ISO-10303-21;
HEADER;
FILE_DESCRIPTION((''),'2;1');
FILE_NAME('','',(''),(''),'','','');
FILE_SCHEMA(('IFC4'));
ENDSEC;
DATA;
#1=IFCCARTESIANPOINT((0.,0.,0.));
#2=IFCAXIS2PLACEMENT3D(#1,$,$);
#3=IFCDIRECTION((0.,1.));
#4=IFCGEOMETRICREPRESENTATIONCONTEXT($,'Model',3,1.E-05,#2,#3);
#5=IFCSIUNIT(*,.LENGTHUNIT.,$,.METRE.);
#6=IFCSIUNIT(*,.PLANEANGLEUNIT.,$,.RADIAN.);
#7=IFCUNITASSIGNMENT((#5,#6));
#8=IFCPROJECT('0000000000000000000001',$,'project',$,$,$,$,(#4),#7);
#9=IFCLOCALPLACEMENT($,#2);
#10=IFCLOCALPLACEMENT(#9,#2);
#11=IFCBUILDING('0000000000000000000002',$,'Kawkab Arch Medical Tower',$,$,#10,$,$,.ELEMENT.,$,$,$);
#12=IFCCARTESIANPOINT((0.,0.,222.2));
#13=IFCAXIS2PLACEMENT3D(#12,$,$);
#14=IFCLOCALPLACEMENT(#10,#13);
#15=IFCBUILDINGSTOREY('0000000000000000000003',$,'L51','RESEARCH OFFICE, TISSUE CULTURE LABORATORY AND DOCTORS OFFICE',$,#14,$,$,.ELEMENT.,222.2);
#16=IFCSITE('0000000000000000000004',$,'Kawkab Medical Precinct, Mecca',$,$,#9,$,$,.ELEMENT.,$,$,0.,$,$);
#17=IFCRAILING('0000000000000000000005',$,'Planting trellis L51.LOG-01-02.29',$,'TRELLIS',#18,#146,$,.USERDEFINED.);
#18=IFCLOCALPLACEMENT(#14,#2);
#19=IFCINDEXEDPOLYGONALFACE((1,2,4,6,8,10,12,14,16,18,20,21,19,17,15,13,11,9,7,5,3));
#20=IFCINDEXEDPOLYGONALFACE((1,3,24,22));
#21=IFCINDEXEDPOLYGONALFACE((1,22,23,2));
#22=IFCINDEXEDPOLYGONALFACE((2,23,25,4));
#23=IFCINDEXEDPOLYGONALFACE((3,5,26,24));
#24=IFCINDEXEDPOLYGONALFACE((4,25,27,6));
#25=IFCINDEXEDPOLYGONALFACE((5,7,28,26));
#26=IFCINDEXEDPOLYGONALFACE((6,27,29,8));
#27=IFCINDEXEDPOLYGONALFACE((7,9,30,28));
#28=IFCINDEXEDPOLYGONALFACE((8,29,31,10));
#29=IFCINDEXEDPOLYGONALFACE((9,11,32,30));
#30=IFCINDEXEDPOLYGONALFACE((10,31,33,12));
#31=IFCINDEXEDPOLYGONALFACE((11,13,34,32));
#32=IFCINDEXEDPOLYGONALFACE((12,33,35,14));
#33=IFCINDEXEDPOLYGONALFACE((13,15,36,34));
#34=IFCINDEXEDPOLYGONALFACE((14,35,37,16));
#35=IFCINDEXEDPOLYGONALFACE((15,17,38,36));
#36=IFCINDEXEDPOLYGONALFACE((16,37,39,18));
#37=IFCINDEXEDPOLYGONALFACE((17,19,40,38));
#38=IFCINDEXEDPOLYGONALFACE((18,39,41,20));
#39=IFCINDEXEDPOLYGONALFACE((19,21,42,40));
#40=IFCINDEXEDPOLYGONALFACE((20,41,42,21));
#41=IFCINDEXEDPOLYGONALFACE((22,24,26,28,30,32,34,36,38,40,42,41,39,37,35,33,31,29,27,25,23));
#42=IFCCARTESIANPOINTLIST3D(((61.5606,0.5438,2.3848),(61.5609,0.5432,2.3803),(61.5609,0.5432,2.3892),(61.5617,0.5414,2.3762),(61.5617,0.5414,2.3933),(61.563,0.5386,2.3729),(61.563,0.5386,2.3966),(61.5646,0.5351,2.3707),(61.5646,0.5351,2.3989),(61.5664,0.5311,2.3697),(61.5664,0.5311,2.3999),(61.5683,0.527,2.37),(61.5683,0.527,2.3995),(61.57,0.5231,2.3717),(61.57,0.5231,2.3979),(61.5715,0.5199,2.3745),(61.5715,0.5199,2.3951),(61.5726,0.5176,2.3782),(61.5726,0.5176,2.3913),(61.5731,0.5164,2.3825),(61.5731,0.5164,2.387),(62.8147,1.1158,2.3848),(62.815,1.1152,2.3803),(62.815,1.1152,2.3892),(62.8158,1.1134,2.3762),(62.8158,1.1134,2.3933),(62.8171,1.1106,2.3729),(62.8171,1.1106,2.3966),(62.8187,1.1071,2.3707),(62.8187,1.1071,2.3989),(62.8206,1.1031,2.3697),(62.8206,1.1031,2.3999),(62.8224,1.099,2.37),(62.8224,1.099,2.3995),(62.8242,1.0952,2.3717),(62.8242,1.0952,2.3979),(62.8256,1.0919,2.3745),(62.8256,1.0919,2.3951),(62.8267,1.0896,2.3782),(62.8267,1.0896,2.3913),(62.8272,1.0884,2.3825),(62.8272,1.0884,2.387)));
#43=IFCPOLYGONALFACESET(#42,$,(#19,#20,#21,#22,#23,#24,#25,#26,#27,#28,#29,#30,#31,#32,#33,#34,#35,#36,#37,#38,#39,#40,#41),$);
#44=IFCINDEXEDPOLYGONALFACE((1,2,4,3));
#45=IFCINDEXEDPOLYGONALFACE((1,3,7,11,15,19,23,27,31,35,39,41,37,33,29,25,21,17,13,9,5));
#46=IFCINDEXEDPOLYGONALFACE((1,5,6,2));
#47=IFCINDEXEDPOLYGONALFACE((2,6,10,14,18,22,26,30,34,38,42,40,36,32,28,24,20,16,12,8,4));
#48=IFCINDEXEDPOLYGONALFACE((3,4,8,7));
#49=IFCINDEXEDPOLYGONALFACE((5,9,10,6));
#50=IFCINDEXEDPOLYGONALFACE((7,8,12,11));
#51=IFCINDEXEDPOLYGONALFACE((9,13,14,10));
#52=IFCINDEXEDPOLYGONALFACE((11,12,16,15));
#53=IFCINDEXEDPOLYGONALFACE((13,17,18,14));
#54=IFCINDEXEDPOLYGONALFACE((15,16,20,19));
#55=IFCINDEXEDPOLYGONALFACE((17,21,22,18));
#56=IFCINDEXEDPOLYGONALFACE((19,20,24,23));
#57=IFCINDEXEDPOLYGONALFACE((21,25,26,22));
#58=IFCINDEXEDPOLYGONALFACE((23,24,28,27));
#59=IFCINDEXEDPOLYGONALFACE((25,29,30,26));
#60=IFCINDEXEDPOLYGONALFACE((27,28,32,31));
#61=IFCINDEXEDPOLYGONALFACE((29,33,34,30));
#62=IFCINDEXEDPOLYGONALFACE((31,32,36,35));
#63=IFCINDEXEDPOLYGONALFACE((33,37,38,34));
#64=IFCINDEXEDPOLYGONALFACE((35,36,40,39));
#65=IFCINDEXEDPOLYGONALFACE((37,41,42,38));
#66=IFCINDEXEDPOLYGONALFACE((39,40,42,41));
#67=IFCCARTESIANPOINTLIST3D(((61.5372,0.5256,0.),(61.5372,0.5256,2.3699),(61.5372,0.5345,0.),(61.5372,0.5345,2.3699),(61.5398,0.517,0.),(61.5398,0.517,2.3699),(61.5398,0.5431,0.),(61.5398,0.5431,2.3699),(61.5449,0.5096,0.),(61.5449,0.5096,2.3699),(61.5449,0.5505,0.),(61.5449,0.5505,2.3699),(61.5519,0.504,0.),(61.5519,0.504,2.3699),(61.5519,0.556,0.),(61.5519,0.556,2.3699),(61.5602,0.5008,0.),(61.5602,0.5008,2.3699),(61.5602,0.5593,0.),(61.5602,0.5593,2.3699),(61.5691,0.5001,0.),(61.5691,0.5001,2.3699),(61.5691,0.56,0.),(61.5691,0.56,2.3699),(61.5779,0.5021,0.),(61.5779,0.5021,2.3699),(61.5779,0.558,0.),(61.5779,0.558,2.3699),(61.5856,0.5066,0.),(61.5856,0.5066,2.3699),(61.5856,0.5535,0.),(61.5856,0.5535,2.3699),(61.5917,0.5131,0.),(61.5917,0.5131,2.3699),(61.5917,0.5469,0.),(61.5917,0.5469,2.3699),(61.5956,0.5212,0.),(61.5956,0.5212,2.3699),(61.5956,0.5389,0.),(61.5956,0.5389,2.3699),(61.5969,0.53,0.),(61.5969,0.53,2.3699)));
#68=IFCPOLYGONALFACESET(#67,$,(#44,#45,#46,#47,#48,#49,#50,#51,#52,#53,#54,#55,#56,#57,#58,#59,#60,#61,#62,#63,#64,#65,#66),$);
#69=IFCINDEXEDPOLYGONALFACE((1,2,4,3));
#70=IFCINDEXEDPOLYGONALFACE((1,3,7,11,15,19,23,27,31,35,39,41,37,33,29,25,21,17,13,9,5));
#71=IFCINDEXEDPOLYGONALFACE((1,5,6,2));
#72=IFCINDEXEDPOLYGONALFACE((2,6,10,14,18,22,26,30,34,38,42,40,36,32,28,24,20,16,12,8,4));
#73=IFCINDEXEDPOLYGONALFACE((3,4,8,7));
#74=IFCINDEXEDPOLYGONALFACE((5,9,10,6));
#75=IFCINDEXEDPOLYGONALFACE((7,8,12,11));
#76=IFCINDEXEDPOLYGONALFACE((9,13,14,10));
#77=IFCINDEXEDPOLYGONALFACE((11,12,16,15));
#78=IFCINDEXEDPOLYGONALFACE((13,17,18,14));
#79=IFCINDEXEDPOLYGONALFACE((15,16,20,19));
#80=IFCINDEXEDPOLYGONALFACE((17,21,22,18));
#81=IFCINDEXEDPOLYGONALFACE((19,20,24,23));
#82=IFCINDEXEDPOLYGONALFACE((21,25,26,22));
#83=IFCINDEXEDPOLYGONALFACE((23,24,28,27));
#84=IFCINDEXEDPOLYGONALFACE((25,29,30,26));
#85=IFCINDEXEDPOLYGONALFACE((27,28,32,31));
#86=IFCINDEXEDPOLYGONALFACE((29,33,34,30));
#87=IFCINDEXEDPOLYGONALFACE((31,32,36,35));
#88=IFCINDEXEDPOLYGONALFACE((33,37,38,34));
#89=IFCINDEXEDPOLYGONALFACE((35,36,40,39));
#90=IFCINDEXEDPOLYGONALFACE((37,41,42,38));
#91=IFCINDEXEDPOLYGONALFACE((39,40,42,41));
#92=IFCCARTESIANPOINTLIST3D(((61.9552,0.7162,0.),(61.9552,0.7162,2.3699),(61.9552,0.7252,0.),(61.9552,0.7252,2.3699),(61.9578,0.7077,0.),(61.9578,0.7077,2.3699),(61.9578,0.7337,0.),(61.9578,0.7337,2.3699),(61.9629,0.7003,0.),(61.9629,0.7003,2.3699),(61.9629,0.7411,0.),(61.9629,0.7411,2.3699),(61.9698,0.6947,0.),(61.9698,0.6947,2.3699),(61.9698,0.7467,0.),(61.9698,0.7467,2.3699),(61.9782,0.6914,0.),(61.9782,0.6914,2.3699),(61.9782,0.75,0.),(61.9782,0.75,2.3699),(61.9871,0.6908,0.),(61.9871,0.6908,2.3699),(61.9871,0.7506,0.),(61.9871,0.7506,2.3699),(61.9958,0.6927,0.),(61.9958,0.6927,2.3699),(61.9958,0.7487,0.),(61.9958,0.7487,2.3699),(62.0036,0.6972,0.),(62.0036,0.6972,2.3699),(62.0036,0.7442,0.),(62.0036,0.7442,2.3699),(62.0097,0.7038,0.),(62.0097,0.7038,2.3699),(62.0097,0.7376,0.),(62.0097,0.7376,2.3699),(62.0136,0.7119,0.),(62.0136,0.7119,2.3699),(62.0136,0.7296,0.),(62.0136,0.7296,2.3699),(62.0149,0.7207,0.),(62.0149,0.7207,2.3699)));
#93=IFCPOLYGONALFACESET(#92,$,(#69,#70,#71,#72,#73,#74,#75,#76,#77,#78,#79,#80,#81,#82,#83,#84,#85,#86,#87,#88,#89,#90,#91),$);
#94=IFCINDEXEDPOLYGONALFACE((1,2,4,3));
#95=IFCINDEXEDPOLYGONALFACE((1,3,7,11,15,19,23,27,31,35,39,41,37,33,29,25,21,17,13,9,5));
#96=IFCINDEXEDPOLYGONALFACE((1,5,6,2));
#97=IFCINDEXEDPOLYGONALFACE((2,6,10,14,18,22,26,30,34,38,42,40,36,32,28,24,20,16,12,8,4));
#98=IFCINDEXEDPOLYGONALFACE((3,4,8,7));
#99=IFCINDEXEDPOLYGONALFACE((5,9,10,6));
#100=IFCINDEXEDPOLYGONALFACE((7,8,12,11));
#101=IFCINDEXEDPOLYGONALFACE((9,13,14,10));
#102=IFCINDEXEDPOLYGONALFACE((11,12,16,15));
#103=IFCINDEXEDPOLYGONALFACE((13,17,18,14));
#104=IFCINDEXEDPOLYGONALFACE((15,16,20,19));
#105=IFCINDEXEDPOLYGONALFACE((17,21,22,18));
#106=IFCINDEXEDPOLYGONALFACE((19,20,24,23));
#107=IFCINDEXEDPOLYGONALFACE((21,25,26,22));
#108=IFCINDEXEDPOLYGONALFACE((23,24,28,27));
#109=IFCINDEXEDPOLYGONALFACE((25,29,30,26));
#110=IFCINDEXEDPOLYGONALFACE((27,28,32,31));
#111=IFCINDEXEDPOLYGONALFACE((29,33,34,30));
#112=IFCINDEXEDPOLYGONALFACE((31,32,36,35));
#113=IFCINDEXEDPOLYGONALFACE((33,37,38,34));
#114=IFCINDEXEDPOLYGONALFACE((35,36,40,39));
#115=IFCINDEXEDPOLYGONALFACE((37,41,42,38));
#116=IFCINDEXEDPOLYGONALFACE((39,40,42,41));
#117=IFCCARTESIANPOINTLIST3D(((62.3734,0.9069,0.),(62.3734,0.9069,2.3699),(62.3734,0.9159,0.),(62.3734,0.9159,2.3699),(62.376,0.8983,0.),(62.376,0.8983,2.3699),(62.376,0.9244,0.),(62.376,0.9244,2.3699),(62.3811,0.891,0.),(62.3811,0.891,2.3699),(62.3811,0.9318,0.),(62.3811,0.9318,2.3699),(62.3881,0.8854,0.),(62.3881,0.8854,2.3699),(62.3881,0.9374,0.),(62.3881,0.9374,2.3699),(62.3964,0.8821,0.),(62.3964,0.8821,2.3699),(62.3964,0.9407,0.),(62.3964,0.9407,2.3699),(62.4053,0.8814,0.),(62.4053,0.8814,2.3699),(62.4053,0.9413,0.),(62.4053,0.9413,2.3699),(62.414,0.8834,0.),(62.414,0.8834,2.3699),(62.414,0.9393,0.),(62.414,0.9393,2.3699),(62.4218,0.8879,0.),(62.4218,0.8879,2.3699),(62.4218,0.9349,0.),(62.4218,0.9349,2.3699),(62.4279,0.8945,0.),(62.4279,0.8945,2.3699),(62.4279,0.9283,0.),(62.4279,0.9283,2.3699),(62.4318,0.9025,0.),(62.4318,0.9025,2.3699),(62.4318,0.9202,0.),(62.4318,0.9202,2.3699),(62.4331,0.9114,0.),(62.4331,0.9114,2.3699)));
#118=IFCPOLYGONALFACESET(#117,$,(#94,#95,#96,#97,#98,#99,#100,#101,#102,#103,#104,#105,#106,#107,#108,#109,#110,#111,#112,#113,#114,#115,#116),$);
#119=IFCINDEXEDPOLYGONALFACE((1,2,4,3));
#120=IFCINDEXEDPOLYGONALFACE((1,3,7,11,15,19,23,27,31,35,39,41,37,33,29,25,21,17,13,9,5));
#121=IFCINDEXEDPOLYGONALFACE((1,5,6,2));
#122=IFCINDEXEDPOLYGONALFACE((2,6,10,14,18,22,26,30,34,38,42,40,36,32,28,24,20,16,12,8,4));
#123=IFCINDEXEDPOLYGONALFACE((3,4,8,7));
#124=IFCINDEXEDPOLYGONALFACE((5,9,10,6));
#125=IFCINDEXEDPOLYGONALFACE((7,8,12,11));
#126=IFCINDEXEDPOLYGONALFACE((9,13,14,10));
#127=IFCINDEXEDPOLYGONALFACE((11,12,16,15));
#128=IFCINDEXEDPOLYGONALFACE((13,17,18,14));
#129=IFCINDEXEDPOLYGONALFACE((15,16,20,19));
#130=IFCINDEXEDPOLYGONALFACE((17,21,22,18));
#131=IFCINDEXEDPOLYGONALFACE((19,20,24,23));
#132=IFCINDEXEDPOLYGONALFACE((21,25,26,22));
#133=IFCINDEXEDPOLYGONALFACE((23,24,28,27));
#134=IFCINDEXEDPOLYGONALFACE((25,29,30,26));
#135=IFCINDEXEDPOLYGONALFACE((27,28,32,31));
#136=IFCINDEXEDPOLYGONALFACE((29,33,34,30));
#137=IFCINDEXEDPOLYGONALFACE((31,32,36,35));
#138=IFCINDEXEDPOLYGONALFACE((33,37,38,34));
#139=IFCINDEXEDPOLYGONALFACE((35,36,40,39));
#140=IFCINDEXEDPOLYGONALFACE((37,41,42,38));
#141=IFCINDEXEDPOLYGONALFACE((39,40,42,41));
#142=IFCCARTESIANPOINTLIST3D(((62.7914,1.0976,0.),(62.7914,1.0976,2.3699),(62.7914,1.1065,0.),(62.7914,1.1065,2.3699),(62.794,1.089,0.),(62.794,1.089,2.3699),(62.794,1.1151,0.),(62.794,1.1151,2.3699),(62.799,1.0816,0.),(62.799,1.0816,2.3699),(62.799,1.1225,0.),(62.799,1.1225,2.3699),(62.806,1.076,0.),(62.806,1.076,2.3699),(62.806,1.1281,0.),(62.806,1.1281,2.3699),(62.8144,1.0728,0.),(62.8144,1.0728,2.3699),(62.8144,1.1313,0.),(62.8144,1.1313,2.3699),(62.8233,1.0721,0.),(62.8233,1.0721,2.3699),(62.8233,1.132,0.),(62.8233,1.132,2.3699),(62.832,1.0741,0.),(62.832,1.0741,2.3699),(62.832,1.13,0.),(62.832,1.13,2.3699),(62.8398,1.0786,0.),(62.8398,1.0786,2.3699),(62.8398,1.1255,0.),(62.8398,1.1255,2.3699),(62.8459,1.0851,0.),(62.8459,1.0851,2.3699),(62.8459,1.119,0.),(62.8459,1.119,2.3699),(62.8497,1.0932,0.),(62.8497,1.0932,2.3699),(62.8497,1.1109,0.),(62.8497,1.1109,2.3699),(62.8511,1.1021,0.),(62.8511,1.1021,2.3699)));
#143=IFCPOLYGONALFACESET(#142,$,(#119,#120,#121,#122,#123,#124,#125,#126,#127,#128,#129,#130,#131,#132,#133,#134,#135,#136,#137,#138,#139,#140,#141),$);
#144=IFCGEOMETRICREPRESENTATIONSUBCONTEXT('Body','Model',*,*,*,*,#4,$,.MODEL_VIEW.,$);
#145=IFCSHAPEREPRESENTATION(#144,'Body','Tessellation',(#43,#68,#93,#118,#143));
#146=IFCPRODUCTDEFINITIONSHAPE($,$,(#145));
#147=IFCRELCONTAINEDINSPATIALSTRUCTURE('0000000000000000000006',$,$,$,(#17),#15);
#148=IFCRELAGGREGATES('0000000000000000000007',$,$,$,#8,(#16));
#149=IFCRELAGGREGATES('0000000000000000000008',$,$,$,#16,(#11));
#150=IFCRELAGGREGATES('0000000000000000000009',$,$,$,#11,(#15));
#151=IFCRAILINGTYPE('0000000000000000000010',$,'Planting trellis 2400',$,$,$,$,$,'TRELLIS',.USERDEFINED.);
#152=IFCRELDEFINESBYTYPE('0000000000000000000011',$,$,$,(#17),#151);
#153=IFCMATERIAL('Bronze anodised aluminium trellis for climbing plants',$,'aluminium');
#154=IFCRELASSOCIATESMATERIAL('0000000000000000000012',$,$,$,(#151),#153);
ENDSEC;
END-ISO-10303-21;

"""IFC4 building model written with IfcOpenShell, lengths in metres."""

from ifc_helpers import new_model, si_unit, direction, frame, origin, origin_2d, place, context, subcontext, project, spatial, circle, extrude, material, type_object, element, save


model = new_model("IFC4")

# Units and contexts
model_context = context("Model", 3, precision=1e-05, world=origin(), true_north=direction((0.0, 1.0)))
body_context = subcontext(model_context, "Body", "Model", "MODEL_VIEW")
ifc_project = project(units=[si_unit("LENGTHUNIT", "METRE"), si_unit("PLANEANGLEUNIT", "RADIAN")], contexts=[model_context])

# Site, building, storey
site_placement = place(None, origin())
site = spatial("IfcSite", under=ifc_project, at=site_placement, Name="Kawkab Medical Precinct, Mecca", CompositionType="ELEMENT", RefElevation=0.0)
building_placement = place(site_placement, origin())
building = spatial("IfcBuilding", under=site, at=building_placement, Name="Kawkab Arch Medical Tower", CompositionType="ELEMENT")
storey_placement = place(building_placement, frame((0.0, 0.0, 222.2)))
storey = spatial("IfcBuildingStorey", under=building, at=storey_placement, Name="L51", Description="RESEARCH OFFICE, TISSUE CULTURE LABORATORY AND DOCTORS OFFICE", CompositionType="ELEMENT", Elevation=222.2)

# Railing
ifc_material_1 = material(Name="Bronze anodised aluminium trellis for climbing plants", Category="aluminium")
railing_type = type_object("IfcRailingType", Name="Planting trellis 2400", ElementType="TRELLIS", PredefinedType="USERDEFINED", material=ifc_material_1)
railing_1_placement = place(storey_placement, frame((61.5669, 0.53, 0.0)))
element("IfcRailing", 1, at=railing_1_placement, inside=storey, type_object=railing_type, Name="Planting trellis L51.LOG-01-02.29", ObjectType="TRELLIS", PredefinedType="USERDEFINED", context=body_context, shape_type="SweptSolid", body=[
    extrude(circle(Radius=0.0151, at=origin_2d()), frame((0.0, 0.0, 2.3848), z_axis=(0.909832, 0.414977, 0.0), x_axis=(-0.414977, 0.909832, 0.0)), (0.0, 0.0, 1.0), 1.3784),
    extrude(circle(Radius=0.03, at=origin_2d()), origin(), (0.0, 0.0, 1.0), 2.3699),
    extrude(circle(Radius=0.03, at=origin_2d()), frame((0.418, 0.1907, 0.0)), (0.0, 0.0, 1.0), 2.3699),
    extrude(circle(Radius=0.03, at=origin_2d()), frame((0.8362, 0.3813, 0.0)), (0.0, 0.0, 1.0), 2.3699),
    extrude(circle(Radius=0.03, at=origin_2d()), frame((1.2542, 0.572, 0.0)), (0.0, 0.0, 1.0), 2.3699),
])

save(model, "model.ifc")
